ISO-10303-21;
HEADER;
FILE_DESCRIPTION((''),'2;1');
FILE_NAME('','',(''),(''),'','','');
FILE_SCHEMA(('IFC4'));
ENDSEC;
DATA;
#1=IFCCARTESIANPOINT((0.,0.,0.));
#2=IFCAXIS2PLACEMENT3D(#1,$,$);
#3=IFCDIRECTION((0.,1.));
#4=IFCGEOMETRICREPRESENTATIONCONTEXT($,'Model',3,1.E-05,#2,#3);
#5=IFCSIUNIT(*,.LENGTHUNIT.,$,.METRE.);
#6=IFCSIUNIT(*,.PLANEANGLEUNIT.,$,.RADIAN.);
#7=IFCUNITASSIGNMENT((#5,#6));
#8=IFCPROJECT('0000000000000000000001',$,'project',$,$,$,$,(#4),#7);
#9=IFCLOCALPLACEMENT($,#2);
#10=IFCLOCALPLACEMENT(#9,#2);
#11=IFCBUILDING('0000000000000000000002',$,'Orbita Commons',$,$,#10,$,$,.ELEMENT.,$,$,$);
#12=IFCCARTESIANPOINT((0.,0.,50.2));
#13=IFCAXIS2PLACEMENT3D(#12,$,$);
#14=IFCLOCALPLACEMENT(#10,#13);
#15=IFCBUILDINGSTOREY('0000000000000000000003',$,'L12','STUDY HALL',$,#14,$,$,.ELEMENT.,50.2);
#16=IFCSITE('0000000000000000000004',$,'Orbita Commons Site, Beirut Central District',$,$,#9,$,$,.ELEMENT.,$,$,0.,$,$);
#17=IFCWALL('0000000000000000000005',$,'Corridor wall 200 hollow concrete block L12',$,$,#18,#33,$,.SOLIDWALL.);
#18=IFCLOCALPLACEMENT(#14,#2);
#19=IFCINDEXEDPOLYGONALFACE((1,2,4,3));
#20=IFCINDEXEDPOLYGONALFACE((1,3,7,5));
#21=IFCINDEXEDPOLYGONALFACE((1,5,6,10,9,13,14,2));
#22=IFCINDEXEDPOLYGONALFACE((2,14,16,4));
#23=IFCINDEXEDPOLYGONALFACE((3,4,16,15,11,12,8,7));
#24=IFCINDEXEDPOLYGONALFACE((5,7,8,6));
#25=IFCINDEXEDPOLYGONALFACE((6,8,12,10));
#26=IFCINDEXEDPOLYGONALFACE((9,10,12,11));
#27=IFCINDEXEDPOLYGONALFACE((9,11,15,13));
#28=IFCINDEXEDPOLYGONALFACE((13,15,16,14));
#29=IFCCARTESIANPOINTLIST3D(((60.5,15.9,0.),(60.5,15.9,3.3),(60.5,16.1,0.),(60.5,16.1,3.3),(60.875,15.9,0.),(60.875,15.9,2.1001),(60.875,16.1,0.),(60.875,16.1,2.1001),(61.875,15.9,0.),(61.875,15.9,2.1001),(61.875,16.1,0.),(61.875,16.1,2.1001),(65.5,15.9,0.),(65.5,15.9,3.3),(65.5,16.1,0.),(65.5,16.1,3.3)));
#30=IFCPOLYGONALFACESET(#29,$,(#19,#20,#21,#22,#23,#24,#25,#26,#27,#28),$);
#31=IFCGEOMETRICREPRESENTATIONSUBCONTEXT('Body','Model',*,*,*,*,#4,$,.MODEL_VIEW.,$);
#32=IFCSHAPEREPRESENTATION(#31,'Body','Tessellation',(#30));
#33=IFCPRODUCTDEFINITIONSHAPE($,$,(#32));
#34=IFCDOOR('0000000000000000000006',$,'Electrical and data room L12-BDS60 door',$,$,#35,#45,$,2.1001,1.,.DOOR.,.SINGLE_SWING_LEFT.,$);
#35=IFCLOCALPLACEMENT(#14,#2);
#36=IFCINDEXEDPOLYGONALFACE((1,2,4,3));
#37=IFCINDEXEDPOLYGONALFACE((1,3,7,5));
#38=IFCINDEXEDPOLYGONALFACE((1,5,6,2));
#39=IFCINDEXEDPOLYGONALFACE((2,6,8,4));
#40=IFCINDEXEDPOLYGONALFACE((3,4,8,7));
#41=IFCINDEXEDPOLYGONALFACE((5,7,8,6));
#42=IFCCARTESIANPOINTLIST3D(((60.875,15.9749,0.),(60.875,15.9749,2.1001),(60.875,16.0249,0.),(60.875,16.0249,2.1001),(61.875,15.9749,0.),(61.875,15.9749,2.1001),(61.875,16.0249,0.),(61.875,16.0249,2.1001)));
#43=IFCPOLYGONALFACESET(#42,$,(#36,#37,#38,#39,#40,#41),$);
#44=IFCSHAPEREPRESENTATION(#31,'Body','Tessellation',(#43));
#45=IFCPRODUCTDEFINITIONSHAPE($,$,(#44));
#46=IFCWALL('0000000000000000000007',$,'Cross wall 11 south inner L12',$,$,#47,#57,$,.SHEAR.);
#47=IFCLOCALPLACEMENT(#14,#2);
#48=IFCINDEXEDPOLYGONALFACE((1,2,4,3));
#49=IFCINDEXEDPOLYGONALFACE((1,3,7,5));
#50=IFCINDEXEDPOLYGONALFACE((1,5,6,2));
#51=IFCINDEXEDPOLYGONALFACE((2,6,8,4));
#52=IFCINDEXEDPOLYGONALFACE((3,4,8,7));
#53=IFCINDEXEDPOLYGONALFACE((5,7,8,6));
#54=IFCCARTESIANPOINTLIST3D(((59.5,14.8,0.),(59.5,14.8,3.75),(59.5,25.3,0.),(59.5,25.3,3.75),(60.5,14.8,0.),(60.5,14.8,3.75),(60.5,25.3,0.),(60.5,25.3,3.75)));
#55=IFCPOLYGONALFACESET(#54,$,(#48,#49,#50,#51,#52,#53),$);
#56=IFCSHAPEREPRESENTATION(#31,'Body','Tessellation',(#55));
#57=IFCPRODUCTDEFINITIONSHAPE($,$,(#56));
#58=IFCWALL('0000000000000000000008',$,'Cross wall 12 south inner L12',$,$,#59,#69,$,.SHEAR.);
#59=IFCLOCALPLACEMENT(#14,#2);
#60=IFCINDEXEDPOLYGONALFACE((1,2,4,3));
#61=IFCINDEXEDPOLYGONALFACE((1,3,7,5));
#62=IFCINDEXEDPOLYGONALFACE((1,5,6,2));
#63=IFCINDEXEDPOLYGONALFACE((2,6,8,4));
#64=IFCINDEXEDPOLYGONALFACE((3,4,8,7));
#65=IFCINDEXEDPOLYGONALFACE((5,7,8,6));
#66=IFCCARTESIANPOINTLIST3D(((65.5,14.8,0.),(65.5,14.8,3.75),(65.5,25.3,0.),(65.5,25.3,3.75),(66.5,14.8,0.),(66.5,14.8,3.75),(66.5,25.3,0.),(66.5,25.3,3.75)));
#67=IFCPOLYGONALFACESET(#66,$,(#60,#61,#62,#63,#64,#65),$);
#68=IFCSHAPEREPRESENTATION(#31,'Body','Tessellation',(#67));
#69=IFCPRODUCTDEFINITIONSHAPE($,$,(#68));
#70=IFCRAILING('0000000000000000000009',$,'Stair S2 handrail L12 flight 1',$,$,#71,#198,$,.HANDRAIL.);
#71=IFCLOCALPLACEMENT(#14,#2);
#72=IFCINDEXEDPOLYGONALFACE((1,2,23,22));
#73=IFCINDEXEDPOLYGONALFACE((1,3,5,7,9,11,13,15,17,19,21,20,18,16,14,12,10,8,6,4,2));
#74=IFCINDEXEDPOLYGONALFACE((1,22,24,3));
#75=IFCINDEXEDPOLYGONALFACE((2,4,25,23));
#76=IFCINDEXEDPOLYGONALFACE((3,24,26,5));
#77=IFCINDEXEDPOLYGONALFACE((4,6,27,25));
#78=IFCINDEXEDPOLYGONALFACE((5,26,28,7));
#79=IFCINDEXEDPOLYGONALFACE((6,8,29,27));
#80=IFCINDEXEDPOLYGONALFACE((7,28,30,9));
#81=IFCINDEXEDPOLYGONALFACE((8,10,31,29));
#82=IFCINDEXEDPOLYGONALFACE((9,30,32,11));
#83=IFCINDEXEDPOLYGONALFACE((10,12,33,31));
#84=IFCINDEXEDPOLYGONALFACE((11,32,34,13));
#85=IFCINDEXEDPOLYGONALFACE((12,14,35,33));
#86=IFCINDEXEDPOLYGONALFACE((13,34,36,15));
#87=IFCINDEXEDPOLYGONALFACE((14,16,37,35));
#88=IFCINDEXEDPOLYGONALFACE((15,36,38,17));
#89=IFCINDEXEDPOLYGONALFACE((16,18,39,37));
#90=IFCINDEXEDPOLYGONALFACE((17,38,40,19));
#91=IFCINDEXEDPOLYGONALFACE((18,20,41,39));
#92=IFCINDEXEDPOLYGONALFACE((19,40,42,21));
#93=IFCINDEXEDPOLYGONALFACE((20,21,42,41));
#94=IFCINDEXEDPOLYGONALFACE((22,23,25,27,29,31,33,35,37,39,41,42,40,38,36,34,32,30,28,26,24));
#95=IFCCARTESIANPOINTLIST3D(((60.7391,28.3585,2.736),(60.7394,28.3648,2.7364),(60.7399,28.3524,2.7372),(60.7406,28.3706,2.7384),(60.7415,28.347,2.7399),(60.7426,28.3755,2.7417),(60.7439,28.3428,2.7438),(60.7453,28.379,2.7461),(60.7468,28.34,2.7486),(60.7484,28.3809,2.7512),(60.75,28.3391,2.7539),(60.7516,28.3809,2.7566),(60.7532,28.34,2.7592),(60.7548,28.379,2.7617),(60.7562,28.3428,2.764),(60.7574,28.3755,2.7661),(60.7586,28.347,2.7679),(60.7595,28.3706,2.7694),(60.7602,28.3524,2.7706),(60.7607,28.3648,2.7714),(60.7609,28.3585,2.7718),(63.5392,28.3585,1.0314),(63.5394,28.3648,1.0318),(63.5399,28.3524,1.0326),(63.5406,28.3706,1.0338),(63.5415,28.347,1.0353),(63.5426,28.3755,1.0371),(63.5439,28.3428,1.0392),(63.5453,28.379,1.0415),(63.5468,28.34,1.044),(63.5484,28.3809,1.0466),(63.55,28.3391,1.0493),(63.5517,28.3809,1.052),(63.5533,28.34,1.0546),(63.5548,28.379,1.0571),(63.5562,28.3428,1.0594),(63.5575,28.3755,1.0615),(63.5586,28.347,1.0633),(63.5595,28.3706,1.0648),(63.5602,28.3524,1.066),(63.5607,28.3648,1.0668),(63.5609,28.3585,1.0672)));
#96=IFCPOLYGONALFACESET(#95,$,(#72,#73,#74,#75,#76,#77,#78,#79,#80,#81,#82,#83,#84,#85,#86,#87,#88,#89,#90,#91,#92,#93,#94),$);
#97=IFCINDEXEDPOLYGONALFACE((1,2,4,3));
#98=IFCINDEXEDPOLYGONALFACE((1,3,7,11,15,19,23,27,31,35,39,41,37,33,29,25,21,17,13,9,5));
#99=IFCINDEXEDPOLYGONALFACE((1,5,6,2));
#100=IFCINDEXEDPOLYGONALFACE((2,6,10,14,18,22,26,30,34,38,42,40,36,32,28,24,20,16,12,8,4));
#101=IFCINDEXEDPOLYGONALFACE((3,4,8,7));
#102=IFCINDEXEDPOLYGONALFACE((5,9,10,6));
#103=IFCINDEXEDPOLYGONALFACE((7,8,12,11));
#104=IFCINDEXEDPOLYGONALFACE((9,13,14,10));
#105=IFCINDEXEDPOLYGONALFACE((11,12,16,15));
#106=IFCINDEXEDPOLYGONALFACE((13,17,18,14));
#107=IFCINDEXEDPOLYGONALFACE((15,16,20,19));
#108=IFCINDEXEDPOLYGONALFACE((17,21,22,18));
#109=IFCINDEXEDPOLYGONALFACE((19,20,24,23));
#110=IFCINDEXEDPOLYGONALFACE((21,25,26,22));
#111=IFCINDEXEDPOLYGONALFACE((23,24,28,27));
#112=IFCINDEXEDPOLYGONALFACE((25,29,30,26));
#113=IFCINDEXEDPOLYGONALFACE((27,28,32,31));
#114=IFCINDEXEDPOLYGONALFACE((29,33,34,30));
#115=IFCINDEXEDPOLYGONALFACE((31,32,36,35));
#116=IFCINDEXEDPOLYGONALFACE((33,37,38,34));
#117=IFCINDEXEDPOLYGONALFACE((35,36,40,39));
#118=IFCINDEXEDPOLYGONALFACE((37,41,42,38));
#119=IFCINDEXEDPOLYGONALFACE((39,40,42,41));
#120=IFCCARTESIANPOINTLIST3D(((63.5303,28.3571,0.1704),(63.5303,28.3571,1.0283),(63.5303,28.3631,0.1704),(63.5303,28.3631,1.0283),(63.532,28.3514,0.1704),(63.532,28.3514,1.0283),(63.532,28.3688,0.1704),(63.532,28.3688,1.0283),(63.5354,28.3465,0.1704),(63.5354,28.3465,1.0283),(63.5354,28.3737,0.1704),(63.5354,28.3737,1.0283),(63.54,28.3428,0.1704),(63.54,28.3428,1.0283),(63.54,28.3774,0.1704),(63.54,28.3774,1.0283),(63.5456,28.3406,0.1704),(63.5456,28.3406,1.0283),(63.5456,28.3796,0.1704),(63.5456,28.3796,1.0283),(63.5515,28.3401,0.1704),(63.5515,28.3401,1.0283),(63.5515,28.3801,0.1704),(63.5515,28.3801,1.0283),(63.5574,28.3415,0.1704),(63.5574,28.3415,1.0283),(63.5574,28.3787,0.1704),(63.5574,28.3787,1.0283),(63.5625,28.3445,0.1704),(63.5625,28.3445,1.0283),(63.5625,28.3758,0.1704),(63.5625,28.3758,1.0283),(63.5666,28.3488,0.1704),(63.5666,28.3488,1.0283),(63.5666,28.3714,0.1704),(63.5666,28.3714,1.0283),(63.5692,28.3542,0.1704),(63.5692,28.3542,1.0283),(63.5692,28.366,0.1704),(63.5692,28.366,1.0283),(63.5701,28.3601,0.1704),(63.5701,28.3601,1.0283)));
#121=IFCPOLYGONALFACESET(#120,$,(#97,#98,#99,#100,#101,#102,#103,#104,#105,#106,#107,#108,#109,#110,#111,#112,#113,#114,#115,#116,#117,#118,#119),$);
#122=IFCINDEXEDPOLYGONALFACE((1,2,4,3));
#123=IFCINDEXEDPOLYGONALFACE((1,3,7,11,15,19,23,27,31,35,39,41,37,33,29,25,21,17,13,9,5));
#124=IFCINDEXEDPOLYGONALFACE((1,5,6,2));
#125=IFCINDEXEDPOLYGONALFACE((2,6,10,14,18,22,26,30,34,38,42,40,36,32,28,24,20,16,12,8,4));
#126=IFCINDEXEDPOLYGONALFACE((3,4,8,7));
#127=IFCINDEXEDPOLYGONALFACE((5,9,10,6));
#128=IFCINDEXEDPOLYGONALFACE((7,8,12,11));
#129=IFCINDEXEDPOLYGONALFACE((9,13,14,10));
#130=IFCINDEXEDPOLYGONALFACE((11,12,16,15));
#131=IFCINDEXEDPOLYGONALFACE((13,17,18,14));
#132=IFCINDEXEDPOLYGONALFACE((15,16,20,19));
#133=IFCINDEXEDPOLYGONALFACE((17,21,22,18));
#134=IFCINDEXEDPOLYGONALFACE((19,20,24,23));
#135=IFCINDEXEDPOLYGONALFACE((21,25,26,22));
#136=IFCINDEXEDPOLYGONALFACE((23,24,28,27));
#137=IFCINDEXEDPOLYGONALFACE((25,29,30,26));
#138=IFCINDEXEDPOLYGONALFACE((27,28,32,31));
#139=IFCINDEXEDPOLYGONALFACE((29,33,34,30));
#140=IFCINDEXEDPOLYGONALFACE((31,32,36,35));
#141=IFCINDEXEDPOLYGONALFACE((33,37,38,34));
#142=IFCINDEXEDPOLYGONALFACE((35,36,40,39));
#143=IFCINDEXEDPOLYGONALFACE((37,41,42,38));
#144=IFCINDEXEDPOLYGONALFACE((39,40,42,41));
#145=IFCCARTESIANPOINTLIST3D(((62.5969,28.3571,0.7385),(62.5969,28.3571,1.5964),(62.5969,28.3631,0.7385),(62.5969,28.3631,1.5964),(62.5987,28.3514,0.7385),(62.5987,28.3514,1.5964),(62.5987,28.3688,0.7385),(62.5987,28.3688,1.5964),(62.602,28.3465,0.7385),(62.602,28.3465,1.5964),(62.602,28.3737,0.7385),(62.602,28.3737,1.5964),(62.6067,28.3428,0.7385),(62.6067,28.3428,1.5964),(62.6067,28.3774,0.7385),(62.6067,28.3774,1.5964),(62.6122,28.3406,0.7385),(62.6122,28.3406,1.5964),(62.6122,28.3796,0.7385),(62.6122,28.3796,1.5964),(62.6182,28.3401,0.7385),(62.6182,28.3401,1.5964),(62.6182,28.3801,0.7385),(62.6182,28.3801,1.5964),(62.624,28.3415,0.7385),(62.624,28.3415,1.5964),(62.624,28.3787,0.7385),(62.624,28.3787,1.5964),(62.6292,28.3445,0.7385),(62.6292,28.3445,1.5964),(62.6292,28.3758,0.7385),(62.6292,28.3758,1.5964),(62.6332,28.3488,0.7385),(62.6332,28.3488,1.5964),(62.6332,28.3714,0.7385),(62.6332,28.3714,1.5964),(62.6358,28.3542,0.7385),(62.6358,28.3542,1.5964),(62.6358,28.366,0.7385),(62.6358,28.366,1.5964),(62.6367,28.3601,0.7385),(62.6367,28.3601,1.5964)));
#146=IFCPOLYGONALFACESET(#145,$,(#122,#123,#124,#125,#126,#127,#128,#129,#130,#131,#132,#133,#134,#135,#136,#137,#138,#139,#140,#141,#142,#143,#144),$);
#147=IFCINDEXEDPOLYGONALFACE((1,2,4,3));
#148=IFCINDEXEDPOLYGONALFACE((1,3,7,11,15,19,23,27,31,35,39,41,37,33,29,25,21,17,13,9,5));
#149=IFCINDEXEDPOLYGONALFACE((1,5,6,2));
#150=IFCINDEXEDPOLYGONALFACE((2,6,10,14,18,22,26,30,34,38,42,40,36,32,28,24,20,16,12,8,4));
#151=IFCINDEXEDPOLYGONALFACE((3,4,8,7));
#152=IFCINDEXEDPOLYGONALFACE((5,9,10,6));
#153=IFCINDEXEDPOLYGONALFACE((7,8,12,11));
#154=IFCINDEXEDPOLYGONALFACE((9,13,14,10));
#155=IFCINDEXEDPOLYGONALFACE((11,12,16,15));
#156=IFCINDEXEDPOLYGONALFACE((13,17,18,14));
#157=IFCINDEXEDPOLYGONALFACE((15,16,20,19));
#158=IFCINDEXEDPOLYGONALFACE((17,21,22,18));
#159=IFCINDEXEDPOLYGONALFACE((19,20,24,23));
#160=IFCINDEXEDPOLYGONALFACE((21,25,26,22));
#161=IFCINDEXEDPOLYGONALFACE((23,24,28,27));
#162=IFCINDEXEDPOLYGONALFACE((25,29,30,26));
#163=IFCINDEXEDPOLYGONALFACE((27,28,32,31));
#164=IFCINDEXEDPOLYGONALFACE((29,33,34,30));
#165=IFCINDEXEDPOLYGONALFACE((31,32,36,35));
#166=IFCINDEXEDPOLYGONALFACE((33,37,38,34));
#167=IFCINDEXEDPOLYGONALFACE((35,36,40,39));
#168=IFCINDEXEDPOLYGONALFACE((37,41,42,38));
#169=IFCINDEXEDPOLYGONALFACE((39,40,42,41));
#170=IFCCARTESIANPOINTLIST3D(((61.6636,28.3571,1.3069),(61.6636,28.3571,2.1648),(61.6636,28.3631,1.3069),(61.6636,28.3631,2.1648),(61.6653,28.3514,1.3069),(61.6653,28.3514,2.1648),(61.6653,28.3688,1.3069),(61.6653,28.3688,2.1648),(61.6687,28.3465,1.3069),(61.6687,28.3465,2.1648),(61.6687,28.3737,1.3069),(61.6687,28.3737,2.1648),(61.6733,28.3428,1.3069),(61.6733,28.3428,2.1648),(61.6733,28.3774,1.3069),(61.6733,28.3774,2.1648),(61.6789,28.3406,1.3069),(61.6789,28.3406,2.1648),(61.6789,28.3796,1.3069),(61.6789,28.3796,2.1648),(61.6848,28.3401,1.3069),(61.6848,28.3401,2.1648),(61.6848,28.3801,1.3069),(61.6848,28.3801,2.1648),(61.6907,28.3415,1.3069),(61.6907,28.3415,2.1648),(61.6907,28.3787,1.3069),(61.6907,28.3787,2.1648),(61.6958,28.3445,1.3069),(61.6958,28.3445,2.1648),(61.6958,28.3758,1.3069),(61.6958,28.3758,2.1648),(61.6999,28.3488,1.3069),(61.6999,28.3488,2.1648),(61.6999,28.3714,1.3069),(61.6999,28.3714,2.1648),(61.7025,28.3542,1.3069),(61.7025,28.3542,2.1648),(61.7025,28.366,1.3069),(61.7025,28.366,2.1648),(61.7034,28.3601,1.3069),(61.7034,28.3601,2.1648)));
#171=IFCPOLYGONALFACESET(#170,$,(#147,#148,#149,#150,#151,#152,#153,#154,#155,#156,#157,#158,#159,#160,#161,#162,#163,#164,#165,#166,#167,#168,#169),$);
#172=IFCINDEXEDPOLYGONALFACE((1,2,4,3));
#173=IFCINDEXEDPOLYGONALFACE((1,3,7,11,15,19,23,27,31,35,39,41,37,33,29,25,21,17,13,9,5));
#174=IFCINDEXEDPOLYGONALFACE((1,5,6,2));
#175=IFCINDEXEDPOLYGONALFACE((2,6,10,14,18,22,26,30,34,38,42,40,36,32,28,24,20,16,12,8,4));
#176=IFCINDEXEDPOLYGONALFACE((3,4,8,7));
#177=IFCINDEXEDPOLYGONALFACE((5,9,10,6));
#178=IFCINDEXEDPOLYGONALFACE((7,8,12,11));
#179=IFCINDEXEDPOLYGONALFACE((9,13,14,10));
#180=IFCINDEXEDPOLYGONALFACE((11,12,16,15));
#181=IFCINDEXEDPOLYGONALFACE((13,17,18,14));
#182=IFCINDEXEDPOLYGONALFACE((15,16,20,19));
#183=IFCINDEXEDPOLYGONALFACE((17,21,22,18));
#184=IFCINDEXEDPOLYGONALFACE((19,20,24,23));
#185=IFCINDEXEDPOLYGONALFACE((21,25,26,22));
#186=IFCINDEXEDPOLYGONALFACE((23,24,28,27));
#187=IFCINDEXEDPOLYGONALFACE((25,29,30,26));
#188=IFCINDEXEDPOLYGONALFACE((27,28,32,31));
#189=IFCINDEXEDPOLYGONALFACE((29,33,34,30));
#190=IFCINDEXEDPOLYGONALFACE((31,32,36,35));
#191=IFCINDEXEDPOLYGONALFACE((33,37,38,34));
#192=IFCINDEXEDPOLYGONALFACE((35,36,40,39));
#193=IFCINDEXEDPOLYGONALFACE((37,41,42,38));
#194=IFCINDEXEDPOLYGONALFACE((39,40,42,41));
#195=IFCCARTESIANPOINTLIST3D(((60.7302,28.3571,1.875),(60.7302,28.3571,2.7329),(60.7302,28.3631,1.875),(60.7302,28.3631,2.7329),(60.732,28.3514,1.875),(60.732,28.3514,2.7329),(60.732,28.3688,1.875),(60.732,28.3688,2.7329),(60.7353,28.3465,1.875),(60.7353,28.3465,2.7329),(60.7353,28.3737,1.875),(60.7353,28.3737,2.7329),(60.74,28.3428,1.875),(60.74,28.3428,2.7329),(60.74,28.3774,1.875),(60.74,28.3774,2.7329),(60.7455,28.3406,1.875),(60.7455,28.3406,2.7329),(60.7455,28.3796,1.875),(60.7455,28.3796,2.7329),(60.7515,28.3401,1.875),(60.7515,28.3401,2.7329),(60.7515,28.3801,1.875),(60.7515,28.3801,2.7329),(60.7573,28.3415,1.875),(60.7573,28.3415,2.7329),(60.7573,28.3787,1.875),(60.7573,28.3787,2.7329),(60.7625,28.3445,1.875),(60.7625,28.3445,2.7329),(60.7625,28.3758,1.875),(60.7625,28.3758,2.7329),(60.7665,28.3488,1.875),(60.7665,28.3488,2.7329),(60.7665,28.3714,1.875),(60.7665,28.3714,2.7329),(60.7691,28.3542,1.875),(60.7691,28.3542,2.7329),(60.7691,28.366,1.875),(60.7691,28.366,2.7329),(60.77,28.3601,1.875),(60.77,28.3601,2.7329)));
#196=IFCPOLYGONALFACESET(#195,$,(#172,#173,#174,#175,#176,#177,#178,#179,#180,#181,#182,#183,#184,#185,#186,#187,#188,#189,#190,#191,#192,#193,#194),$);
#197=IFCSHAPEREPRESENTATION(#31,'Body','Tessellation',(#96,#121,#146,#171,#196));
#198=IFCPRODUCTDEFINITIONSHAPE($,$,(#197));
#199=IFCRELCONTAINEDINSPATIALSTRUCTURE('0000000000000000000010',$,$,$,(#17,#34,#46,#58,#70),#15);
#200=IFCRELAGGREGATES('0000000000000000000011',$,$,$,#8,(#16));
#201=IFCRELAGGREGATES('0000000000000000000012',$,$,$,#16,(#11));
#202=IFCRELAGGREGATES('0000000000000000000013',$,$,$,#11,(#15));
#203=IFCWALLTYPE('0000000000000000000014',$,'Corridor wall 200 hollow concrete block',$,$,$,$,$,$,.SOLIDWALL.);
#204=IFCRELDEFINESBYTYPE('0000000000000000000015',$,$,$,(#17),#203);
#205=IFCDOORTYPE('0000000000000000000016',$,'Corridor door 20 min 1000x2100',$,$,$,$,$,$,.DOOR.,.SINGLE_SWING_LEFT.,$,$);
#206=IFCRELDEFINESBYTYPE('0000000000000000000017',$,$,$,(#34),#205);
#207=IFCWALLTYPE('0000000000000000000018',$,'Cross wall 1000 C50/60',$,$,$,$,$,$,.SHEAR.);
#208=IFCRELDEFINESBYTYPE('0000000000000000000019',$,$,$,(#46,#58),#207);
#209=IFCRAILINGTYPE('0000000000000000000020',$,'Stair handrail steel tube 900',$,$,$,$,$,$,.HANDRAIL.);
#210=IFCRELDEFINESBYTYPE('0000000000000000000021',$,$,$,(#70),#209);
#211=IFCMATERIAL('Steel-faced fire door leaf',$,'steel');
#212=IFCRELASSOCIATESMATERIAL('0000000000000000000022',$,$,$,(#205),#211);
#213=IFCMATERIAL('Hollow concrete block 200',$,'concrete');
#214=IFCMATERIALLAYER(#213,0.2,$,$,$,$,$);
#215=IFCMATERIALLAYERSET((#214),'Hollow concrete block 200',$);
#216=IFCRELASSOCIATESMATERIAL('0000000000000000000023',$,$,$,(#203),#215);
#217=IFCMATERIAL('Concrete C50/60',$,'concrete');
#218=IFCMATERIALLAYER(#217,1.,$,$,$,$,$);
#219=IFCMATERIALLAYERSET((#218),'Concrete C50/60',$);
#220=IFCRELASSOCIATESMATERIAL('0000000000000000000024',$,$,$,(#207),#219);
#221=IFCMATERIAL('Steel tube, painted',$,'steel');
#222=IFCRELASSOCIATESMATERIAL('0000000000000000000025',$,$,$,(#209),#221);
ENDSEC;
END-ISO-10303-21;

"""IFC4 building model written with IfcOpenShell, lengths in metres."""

from ifc_helpers import new_model, si_unit, direction, frame, frame_2d, origin, origin_2d, place, context, subcontext, project, spatial, rectangle, circle, extrude, material, layer, layer_set, type_object, element, fill, save


model = new_model("IFC4")

# Units and contexts
model_context = context("Model", 3, precision=1e-05, world=origin(), true_north=direction((0.0, 1.0)))
body_context = subcontext(model_context, "Body", "Model", "MODEL_VIEW")
ifc_project = project(units=[si_unit("LENGTHUNIT", "METRE"), si_unit("PLANEANGLEUNIT", "RADIAN")], contexts=[model_context])

# Site, building, storey
site_placement = place(None, origin())
site = spatial("IfcSite", under=ifc_project, at=site_placement, Name="Orbita Commons Site, Beirut Central District", CompositionType="ELEMENT", RefElevation=0.0)
building_placement = place(site_placement, origin())
building = spatial("IfcBuilding", under=site, at=building_placement, Name="Orbita Commons", CompositionType="ELEMENT")
storey_placement = place(building_placement, frame((0.0, 0.0, 50.2)))
storey = spatial("IfcBuildingStorey", under=building, at=storey_placement, Name="L12", Description="STUDY HALL", CompositionType="ELEMENT", Elevation=50.2)

# Wall, opening, door
ifc_material_1 = material(Name="Steel-faced fire door leaf", Category="steel")
door_type = type_object("IfcDoorType", Name="Corridor door 20 min 1000x2100", OperationType="SINGLE_SWING_LEFT", PredefinedType="DOOR", material=ifc_material_1)
ifc_material_2 = material(Name="Hollow concrete block 200", Category="concrete")
ifc_layer_1 = layer(ifc_material_2, 0.2)
ifc_layer_set_1 = layer_set([ifc_layer_1], Name="Hollow concrete block 200")
wall_type_1 = type_object("IfcWallType", Name="Corridor wall 200 hollow concrete block", PredefinedType="SOLIDWALL", material=ifc_layer_set_1)
wall_1_placement = place(storey_placement, frame((60.5, 16.0, 0.0), z_axis=(0.0, 0.0, 1.0), x_axis=(1.0, 0.0, 0.0)))
wall_1 = element("IfcWall", 1, at=wall_1_placement, inside=storey, type_object=wall_type_1, Name="Corridor wall 200 hollow concrete block L12", PredefinedType="SOLIDWALL", context=body_context, shape_type="SweptSolid", body=[
    extrude(rectangle(XDim=5.0, YDim=0.2, at=frame_2d((2.5, 0.0))), origin(), (0.0, 0.0, 1.0), 3.3),
])
opening_1_placement = place(wall_1_placement, frame((0.375, 0.0, 0.0)))
opening_1 = element("IfcOpeningElement", 2, at=opening_1_placement, cuts=wall_1, PredefinedType="OPENING", context=body_context, shape_type="SweptSolid", body=[
    extrude(rectangle(XDim=1.0, YDim=2.1001, at=frame_2d((0.5, 1.05))), frame((0.0, 0.1099, 0.0), z_axis=(0.0, -1.0, 0.0), x_axis=(1.0, 0.0, 0.0)), (0.0, 0.0, 1.0), 0.22),
])
door_1_placement = place(opening_1_placement, origin())
door_1 = element("IfcDoor", 3, at=door_1_placement, inside=storey, type_object=door_type, Name="Electrical and data room L12-BDS60 door", OperationType="SINGLE_SWING_LEFT", OverallHeight=2.1001, OverallWidth=1.0, PredefinedType="DOOR", context=body_context, shape_type="SweptSolid", body=[
    extrude(rectangle(XDim=1.0, YDim=2.1001, at=frame_2d((0.5, 1.05))), frame((0.0, 0.0249, 0.0), z_axis=(0.0, -1.0, 0.0), x_axis=(1.0, 0.0, 0.0)), (0.0, 0.0, 1.0), 0.05),
])
fill(opening_1, door_1)

# Walls
ifc_material_3 = material(Name="Concrete C50/60", Category="concrete")
ifc_layer_2 = layer(ifc_material_3, 1.0)
ifc_layer_set_2 = layer_set([ifc_layer_2], Name="Concrete C50/60")
wall_type_2 = type_object("IfcWallType", Name="Cross wall 1000 C50/60", PredefinedType="SHEAR", material=ifc_layer_set_2)
for number, where, z_axis, x_axis, name in (
    (4, (60.0, 14.8, 0.0), (0.0, 0.0, 1.0), (0.0, 1.0, 0.0), "Cross wall 11 south inner L12"),
    (5, (66.0, 14.8, 0.0), (0.0, 0.0, 1.0), (0.0, 1.0, 0.0), "Cross wall 12 south inner L12"),
):
    element("IfcWall", number, at=place(storey_placement, frame(where, z_axis=z_axis, x_axis=x_axis)), inside=storey, type_object=wall_type_2, Name=name, PredefinedType="SHEAR", context=body_context, shape_type="SweptSolid", body=[
        extrude(rectangle(XDim=10.5, YDim=1.0, at=frame_2d((5.25, 0.0))), origin(), (0.0, 0.0, 1.0), 3.75),
    ])

# Railing
ifc_material_4 = material(Name="Steel tube, painted", Category="steel")
railing_type = type_object("IfcRailingType", Name="Stair handrail steel tube 900", PredefinedType="HANDRAIL", material=ifc_material_4)
for number, where, name in (
    (6, (63.55, 28.3601, 0.1704), "Stair S2 handrail L12 flight 1"),
):
    element("IfcRailing", number, at=place(storey_placement, frame(where)), inside=storey, type_object=railing_type, Name=name, PredefinedType="HANDRAIL", context=body_context, shape_type="SweptSolid", body=[
        extrude(circle(Radius=0.021, at=origin_2d()), frame((0.0, 0.0, 0.8789), z_axis=(-0.85417, 0.0, 0.519994), x_axis=(0.0, -1.0, 0.0)), (0.0, 0.0, 1.0), 3.2781),
        extrude(circle(Radius=0.02, at=origin_2d()), origin(), (0.0, 0.0, 1.0), 0.8579),
        extrude(circle(Radius=0.02, at=origin_2d()), frame((-0.9333, 0.0, 0.5681)), (0.0, 0.0, 1.0), 0.8579),
        extrude(circle(Radius=0.02, at=origin_2d()), frame((-1.8667, 0.0, 1.1365)), (0.0, 0.0, 1.0), 0.8579),
        extrude(circle(Radius=0.02, at=origin_2d()), frame((-2.8, 0.0, 1.7046)), (0.0, 0.0, 1.0), 0.8579),
    ])

save(model, "model.ifc")
